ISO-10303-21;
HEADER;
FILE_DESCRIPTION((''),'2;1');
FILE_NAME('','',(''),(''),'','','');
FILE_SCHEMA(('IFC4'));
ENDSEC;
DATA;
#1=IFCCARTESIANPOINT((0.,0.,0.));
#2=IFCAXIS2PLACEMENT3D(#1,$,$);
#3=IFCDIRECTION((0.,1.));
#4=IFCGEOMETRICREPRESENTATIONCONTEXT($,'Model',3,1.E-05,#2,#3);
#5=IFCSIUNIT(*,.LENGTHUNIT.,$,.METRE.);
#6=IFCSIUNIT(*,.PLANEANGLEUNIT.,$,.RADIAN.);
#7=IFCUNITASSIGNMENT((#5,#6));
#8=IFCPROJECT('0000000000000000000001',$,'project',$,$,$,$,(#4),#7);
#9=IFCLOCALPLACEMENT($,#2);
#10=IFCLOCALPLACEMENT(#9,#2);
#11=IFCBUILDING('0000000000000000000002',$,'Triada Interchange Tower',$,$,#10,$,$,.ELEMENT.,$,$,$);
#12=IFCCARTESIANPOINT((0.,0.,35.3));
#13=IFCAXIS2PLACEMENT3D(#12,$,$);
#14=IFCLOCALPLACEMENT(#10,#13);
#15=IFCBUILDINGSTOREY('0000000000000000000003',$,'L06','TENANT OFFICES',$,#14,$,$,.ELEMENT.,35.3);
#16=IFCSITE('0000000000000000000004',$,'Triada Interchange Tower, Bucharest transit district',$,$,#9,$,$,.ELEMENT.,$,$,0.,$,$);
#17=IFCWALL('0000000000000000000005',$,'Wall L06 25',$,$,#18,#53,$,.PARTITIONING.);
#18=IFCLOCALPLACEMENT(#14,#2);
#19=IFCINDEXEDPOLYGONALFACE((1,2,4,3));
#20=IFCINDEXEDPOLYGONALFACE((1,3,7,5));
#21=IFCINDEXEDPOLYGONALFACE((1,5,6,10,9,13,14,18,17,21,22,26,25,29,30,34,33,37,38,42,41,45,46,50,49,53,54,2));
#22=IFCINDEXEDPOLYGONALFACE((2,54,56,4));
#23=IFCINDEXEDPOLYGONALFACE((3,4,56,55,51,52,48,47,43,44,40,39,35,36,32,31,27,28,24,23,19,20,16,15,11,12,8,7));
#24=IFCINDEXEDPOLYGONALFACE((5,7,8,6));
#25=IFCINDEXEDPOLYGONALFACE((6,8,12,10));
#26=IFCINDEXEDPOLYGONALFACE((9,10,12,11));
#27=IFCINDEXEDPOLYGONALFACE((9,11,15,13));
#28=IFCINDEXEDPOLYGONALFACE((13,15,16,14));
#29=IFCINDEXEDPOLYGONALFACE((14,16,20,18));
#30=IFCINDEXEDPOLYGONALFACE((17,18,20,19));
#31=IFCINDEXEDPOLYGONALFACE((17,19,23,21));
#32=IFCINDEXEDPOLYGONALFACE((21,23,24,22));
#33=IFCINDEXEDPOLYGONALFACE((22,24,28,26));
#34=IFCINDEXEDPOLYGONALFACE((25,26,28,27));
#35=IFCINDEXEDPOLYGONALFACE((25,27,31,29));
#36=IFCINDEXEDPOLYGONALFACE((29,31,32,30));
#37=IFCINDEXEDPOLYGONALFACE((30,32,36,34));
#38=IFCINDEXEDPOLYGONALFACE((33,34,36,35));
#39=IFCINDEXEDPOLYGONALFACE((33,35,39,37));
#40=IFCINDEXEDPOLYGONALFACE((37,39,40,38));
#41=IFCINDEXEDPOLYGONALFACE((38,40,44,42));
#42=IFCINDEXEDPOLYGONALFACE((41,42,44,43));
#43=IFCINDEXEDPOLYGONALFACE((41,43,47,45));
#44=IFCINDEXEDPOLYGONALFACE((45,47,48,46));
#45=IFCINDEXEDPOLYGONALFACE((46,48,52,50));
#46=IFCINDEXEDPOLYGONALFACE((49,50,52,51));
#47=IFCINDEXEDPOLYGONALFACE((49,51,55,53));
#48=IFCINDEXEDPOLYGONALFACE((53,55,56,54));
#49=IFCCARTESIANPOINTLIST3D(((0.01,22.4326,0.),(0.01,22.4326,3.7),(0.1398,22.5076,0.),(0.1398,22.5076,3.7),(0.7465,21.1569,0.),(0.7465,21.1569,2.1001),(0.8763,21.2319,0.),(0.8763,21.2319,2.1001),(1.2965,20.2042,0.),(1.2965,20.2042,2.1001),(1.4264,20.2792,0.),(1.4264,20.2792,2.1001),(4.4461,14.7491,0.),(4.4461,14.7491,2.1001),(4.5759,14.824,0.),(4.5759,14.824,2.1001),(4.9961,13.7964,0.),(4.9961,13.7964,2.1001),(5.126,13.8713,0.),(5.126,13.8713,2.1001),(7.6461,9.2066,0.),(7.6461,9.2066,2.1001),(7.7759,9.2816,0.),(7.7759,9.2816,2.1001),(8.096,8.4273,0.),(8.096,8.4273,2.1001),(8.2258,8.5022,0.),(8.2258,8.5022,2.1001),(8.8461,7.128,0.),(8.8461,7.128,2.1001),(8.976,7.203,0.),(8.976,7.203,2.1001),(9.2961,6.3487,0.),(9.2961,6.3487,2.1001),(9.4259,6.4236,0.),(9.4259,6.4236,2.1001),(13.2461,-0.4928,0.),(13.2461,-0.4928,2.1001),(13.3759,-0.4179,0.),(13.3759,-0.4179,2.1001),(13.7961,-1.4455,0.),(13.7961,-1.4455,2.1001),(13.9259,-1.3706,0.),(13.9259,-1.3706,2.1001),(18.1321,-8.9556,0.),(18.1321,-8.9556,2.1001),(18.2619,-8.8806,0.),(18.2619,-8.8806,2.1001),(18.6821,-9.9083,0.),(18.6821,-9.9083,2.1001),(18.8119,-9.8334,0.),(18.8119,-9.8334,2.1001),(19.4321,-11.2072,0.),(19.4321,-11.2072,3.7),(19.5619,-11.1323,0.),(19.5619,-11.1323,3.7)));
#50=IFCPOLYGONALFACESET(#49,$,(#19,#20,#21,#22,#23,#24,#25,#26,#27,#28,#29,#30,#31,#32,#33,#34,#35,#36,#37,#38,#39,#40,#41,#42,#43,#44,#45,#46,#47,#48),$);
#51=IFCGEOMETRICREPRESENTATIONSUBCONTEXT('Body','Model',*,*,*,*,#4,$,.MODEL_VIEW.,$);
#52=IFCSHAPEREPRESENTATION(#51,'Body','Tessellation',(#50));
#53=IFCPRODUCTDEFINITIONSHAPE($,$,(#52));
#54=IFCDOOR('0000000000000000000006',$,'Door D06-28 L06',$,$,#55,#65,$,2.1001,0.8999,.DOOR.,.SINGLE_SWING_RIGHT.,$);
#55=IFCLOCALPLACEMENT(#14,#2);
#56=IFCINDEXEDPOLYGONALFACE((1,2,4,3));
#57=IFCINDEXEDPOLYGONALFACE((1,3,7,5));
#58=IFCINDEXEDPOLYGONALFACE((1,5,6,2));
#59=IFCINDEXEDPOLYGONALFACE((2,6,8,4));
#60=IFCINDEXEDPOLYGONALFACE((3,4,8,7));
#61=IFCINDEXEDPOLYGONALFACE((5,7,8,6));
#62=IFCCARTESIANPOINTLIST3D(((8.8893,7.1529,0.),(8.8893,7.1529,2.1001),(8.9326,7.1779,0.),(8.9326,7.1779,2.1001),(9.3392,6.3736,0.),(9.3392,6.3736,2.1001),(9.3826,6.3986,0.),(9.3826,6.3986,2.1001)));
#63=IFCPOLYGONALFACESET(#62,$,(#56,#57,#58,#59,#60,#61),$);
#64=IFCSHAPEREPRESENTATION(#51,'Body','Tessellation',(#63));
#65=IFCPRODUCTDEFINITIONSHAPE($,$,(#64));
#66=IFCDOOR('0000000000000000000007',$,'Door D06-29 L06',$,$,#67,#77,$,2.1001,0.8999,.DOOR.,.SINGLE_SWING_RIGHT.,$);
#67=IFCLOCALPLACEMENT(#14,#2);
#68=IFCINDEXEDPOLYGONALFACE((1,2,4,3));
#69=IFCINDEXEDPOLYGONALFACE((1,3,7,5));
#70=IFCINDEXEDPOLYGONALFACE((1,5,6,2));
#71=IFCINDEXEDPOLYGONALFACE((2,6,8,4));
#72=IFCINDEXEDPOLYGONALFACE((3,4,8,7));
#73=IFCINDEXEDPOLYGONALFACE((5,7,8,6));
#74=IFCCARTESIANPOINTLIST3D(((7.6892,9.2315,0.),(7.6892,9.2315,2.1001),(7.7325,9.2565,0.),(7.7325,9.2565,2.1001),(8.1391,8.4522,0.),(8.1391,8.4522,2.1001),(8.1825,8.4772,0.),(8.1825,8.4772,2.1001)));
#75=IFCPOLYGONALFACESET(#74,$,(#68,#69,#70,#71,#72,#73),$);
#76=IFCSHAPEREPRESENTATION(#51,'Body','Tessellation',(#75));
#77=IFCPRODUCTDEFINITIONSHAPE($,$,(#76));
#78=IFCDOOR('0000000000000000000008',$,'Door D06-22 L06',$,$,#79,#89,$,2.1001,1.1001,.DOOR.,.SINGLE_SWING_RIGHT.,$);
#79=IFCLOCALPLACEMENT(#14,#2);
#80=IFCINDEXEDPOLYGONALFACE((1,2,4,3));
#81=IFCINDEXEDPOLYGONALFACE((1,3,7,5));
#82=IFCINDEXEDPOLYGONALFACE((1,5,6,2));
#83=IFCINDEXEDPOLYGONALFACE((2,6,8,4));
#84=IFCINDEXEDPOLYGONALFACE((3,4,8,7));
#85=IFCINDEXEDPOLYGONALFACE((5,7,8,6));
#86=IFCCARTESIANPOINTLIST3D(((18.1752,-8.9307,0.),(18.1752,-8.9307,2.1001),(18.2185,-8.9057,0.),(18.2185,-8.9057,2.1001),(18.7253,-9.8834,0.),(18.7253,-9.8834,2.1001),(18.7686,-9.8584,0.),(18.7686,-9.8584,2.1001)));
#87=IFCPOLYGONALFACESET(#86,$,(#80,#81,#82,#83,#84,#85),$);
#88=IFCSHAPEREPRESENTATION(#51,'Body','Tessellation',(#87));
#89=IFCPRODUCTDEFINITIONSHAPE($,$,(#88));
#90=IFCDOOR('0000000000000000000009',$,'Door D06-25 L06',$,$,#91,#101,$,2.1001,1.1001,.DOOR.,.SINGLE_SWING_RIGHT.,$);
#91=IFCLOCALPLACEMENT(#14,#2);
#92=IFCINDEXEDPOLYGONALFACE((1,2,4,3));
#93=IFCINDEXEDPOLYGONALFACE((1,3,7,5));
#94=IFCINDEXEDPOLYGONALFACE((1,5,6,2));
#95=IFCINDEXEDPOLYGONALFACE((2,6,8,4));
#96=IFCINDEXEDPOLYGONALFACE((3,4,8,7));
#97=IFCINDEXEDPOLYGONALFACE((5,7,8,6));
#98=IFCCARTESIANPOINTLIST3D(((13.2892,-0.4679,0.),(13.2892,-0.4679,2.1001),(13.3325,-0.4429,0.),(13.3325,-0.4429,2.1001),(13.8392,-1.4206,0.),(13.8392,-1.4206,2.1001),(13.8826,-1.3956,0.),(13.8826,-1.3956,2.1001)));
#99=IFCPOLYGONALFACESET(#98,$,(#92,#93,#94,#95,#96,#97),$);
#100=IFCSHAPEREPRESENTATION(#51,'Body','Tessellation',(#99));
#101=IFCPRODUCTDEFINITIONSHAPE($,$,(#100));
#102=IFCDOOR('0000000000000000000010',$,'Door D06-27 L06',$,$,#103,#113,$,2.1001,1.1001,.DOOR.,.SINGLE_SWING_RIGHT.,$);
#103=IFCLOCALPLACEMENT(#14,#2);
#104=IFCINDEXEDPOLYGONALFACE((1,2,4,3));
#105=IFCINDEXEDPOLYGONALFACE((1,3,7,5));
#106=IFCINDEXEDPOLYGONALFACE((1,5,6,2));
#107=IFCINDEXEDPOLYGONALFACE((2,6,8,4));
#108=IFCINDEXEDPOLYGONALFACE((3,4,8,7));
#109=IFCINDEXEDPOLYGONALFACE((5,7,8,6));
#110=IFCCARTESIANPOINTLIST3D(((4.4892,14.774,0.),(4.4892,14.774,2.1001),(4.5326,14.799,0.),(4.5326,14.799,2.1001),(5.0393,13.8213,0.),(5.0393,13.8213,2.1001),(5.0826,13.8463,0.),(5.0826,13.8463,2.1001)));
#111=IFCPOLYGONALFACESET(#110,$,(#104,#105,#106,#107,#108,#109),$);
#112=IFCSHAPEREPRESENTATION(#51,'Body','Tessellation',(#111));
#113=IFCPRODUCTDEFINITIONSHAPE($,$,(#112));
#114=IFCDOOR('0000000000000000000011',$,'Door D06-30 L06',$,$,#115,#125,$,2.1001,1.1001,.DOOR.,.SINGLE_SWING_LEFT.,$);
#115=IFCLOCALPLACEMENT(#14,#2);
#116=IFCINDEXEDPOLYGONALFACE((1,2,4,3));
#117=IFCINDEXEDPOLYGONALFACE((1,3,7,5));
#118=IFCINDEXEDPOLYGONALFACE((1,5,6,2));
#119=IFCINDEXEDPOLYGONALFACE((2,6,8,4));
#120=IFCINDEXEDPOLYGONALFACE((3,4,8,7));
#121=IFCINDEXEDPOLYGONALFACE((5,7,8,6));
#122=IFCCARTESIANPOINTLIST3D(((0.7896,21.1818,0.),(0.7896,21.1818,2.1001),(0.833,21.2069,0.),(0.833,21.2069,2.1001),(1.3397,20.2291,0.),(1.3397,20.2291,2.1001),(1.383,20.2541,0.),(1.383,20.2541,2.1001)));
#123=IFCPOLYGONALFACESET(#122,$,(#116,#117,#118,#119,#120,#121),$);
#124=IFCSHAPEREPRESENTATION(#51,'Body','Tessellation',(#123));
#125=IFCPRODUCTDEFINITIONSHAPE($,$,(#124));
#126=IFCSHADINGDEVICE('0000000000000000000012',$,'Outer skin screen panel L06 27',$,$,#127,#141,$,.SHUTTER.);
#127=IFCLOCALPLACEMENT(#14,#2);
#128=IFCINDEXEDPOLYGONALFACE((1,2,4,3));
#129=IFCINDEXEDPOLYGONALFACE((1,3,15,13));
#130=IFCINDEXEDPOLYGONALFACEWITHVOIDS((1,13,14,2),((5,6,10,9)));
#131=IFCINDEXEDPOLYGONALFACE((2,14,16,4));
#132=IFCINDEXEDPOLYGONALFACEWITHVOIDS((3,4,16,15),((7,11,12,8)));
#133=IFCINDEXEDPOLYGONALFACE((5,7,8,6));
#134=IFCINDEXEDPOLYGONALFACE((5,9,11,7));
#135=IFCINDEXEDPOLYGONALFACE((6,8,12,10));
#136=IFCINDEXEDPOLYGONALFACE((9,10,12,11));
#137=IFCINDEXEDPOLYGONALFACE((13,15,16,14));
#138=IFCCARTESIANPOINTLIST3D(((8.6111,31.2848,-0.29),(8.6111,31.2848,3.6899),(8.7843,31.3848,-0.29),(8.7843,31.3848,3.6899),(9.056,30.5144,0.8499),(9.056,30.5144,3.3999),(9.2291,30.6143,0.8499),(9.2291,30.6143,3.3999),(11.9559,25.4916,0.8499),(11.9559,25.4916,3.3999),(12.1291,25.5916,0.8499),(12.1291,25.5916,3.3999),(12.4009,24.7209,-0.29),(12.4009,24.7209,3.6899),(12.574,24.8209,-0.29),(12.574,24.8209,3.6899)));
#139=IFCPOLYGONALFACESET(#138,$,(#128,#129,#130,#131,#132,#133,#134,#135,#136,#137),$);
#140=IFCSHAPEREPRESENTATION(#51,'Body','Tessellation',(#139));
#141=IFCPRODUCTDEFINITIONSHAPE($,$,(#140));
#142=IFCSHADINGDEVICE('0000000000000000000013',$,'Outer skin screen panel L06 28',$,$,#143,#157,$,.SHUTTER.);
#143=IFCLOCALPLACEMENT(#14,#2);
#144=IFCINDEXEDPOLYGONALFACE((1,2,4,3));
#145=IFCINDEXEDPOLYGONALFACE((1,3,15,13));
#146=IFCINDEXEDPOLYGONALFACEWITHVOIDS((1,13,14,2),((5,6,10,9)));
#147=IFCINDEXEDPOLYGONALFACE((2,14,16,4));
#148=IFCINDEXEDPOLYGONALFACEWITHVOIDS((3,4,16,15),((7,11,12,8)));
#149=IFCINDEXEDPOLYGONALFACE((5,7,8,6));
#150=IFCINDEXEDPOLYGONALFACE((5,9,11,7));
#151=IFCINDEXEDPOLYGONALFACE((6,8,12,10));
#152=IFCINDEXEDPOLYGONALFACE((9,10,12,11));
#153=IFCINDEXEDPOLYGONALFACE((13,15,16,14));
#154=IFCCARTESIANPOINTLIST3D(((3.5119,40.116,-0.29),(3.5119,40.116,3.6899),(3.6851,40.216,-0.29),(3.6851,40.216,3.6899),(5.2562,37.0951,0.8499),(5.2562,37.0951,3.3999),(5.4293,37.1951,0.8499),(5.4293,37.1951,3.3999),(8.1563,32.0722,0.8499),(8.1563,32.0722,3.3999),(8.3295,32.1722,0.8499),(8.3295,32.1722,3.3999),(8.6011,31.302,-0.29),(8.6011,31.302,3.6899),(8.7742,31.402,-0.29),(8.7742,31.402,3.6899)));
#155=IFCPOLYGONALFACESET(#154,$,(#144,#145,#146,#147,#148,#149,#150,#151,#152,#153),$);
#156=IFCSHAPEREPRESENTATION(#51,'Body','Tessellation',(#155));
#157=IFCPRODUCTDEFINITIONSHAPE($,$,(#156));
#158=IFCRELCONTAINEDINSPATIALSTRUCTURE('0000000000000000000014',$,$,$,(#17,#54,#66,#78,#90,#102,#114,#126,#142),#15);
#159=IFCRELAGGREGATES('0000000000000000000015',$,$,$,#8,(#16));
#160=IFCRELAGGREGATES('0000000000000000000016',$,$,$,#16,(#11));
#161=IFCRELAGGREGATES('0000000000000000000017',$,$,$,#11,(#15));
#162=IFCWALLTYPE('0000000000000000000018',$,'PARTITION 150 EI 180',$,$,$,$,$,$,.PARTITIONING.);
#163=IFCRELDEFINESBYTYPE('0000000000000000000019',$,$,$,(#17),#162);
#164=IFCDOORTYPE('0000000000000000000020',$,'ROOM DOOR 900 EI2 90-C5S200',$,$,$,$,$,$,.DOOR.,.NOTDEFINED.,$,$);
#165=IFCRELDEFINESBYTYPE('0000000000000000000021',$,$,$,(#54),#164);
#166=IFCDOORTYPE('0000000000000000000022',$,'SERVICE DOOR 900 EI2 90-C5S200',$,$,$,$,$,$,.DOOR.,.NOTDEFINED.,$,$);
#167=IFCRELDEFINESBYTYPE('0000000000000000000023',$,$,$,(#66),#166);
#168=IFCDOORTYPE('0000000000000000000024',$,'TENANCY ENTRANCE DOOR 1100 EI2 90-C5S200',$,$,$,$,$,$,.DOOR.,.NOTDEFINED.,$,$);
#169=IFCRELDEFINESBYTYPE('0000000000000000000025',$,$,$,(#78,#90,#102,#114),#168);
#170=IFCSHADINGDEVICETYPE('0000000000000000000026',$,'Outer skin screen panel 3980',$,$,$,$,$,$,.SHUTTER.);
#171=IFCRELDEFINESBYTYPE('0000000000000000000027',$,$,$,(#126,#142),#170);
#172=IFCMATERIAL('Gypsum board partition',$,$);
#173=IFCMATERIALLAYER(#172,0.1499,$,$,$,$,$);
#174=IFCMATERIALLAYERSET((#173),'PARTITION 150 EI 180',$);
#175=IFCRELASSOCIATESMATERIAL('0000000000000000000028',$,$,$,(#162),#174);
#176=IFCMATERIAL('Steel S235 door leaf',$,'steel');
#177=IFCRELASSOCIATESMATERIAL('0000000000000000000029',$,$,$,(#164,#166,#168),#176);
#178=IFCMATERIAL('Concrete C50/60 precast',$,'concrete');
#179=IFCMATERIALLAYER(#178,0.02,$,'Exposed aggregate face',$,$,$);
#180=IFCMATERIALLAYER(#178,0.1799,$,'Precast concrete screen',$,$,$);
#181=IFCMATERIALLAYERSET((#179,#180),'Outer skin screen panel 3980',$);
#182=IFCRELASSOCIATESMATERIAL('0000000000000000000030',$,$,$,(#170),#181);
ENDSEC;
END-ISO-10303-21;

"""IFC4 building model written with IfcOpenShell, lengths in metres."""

from ifc_helpers import new_model, si_unit, direction, frame, frame_2d, origin, place, context, subcontext, project, spatial, polyline, rectangle, outline, extrude, material, layer, layer_set, type_object, element, fill, save


model = new_model("IFC4")

# Units and contexts
model_context = context("Model", 3, precision=1e-05, world=origin(), true_north=direction((0.0, 1.0)))
body_context = subcontext(model_context, "Body", "Model", "MODEL_VIEW")
ifc_project = project(units=[si_unit("LENGTHUNIT", "METRE"), si_unit("PLANEANGLEUNIT", "RADIAN")], contexts=[model_context])

# Site, building, storey
site_placement = place(None, origin())
site = spatial("IfcSite", under=ifc_project, at=site_placement, Name="Triada Interchange Tower, Bucharest transit district", CompositionType="ELEMENT", RefElevation=0.0)
building_placement = place(site_placement, origin())
building = spatial("IfcBuilding", under=site, at=building_placement, Name="Triada Interchange Tower", CompositionType="ELEMENT")
storey_placement = place(building_placement, frame((0.0, 0.0, 35.3)))
storey = spatial("IfcBuildingStorey", under=building, at=storey_placement, Name="L06", Description="TENANT OFFICES", CompositionType="ELEMENT", Elevation=35.3)

# Shared definitions
ifc_material_1 = material(Name="Gypsum board partition")
ifc_layer_1 = layer(ifc_material_1, 0.1499)
ifc_layer_set_1 = layer_set([ifc_layer_1], Name="PARTITION 150 EI 180")
wall_type_1 = type_object("IfcWallType", Name="PARTITION 150 EI 180", PredefinedType="PARTITIONING", material=ifc_layer_set_1)

# Wall, openings, doors
wall_1_placement = place(storey_placement, frame((0.075, 22.47, 0.0), z_axis=(0.0, 0.0, 1.0), x_axis=(0.500002, -0.866024, 0.0)))
wall_1 = element("IfcWall", 1, at=wall_1_placement, inside=storey, type_object=wall_type_1, Name="Wall L06 25", PredefinedType="PARTITIONING", context=body_context, shape_type="SweptSolid", body=[
    extrude(rectangle(XDim=38.844, YDim=0.1499, at=frame_2d((19.4219, 0.0))), origin(), (0.0, 0.0, 1.0), 3.7),
])
opening_1_placement = place(wall_1_placement, frame((36.2439, 0.0, 0.0)))
opening_1 = element("IfcOpeningElement", 2, at=opening_1_placement, cuts=wall_1, PredefinedType="OPENING", context=body_context, shape_type="SweptSolid", body=[
    extrude(rectangle(XDim=1.1001, YDim=2.1001, at=frame_2d((0.55, 1.05))), frame((0.0, 0.085, 0.0), z_axis=(0.0, -1.0, 0.0), x_axis=(1.0, 0.0, 0.0)), (0.0, 0.0, 1.0), 0.1699),
])
opening_2_placement = place(wall_1_placement, frame((26.4719, 0.0, 0.0)))
opening_2 = element("IfcOpeningElement", 3, at=opening_2_placement, cuts=wall_1, PredefinedType="OPENING", context=body_context, shape_type="SweptSolid", body=[
    extrude(rectangle(XDim=1.1001, YDim=2.1001, at=frame_2d((0.55, 1.05))), frame((0.0, 0.085, 0.0), z_axis=(0.0, -1.0, 0.0), x_axis=(1.0, 0.0, 0.0)), (0.0, 0.0, 1.0), 0.1699),
])
opening_3_placement = place(wall_1_placement, frame((8.8721, 0.0, 0.0)))
opening_3 = element("IfcOpeningElement", 4, at=opening_3_placement, cuts=wall_1, PredefinedType="OPENING", context=body_context, shape_type="SweptSolid", body=[
    extrude(rectangle(XDim=1.1001, YDim=2.1001, at=frame_2d((0.55, 1.05))), frame((0.0, 0.085, 0.0), z_axis=(0.0, -1.0, 0.0), x_axis=(1.0, 0.0, 0.0)), (0.0, 0.0, 1.0), 0.1699),
])
opening_4_placement = place(wall_1_placement, frame((17.6721, 0.0, 0.0)))
opening_4 = element("IfcOpeningElement", 5, at=opening_4_placement, cuts=wall_1, PredefinedType="OPENING", context=body_context, shape_type="SweptSolid", body=[
    extrude(rectangle(XDim=0.8999, YDim=2.1001, at=frame_2d((0.45, 1.05))), frame((0.0, 0.085, 0.0), z_axis=(0.0, -1.0, 0.0), x_axis=(1.0, 0.0, 0.0)), (0.0, 0.0, 1.0), 0.1699),
])
opening_5_placement = place(wall_1_placement, frame((15.272, 0.0, 0.0)))
opening_5 = element("IfcOpeningElement", 6, at=opening_5_placement, cuts=wall_1, PredefinedType="OPENING", context=body_context, shape_type="SweptSolid", body=[
    extrude(rectangle(XDim=0.8999, YDim=2.1001, at=frame_2d((0.45, 1.05))), frame((0.0, 0.085, 0.0), z_axis=(0.0, -1.0, 0.0), x_axis=(1.0, 0.0, 0.0)), (0.0, 0.0, 1.0), 0.1699),
])
opening_6_placement = place(wall_1_placement, frame((1.4729, 0.0, 0.0)))
opening_6 = element("IfcOpeningElement", 7, at=opening_6_placement, cuts=wall_1, PredefinedType="OPENING", context=body_context, shape_type="SweptSolid", body=[
    extrude(rectangle(XDim=1.1001, YDim=2.1001, at=frame_2d((0.55, 1.05))), frame((0.0, 0.085, 0.0), z_axis=(0.0, -1.0, 0.0), x_axis=(1.0, 0.0, 0.0)), (0.0, 0.0, 1.0), 0.1699),
])
ifc_material_2 = material(Name="Steel S235 door leaf", Category="steel")
door_type_1 = type_object("IfcDoorType", Name="ROOM DOOR 900 EI2 90-C5S200", OperationType="NOTDEFINED", PredefinedType="DOOR", material=ifc_material_2)
door_1_placement = place(opening_4_placement, origin())
door_1 = element("IfcDoor", 8, at=door_1_placement, inside=storey, type_object=door_type_1, Name="Door D06-28 L06", OperationType="SINGLE_SWING_RIGHT", OverallHeight=2.1001, OverallWidth=0.8999, PredefinedType="DOOR", context=body_context, shape_type="SweptSolid", body=[
    extrude(rectangle(XDim=0.8999, YDim=2.1001, at=frame_2d((0.45, 1.05))), frame((0.0, 0.0249, 0.0), z_axis=(0.0, -1.0, 0.0), x_axis=(1.0, 0.0, 0.0)), (0.0, 0.0, 1.0), 0.05),
])
fill(opening_4, door_1)
door_type_2 = type_object("IfcDoorType", Name="SERVICE DOOR 900 EI2 90-C5S200", OperationType="NOTDEFINED", PredefinedType="DOOR", material=ifc_material_2)
door_2_placement = place(opening_5_placement, origin())
door_2 = element("IfcDoor", 9, at=door_2_placement, inside=storey, type_object=door_type_2, Name="Door D06-29 L06", OperationType="SINGLE_SWING_RIGHT", OverallHeight=2.1001, OverallWidth=0.8999, PredefinedType="DOOR", context=body_context, shape_type="SweptSolid", body=[
    extrude(rectangle(XDim=0.8999, YDim=2.1001, at=frame_2d((0.45, 1.05))), frame((0.0, 0.0249, 0.0), z_axis=(0.0, -1.0, 0.0), x_axis=(1.0, 0.0, 0.0)), (0.0, 0.0, 1.0), 0.05),
])
fill(opening_5, door_2)
door_type_3 = type_object("IfcDoorType", Name="TENANCY ENTRANCE DOOR 1100 EI2 90-C5S200", OperationType="NOTDEFINED", PredefinedType="DOOR", material=ifc_material_2)
door_3_placement = place(opening_1_placement, origin())
door_3 = element("IfcDoor", 10, at=door_3_placement, inside=storey, type_object=door_type_3, Name="Door D06-22 L06", OperationType="SINGLE_SWING_RIGHT", OverallHeight=2.1001, OverallWidth=1.1001, PredefinedType="DOOR", context=body_context, shape_type="SweptSolid", body=[
    extrude(rectangle(XDim=1.1001, YDim=2.1001, at=frame_2d((0.55, 1.05))), frame((0.0, 0.0249, 0.0), z_axis=(0.0, -1.0, 0.0), x_axis=(1.0, 0.0, 0.0)), (0.0, 0.0, 1.0), 0.05),
])
fill(opening_1, door_3)
door_4_placement = place(opening_2_placement, origin())
door_4 = element("IfcDoor", 11, at=door_4_placement, inside=storey, type_object=door_type_3, Name="Door D06-25 L06", OperationType="SINGLE_SWING_RIGHT", OverallHeight=2.1001, OverallWidth=1.1001, PredefinedType="DOOR", context=body_context, shape_type="SweptSolid", body=[
    extrude(rectangle(XDim=1.1001, YDim=2.1001, at=frame_2d((0.55, 1.05))), frame((0.0, 0.0249, 0.0), z_axis=(0.0, -1.0, 0.0), x_axis=(1.0, 0.0, 0.0)), (0.0, 0.0, 1.0), 0.05),
])
fill(opening_2, door_4)
door_5_placement = place(opening_3_placement, origin())
door_5 = element("IfcDoor", 12, at=door_5_placement, inside=storey, type_object=door_type_3, Name="Door D06-27 L06", OperationType="SINGLE_SWING_RIGHT", OverallHeight=2.1001, OverallWidth=1.1001, PredefinedType="DOOR", context=body_context, shape_type="SweptSolid", body=[
    extrude(rectangle(XDim=1.1001, YDim=2.1001, at=frame_2d((0.55, 1.05))), frame((0.0, 0.0249, 0.0), z_axis=(0.0, -1.0, 0.0), x_axis=(1.0, 0.0, 0.0)), (0.0, 0.0, 1.0), 0.05),
])
fill(opening_3, door_5)
door_6_placement = place(opening_6_placement, origin())
door_6 = element("IfcDoor", 13, at=door_6_placement, inside=storey, type_object=door_type_3, Name="Door D06-30 L06", OperationType="SINGLE_SWING_LEFT", OverallHeight=2.1001, OverallWidth=1.1001, PredefinedType="DOOR", context=body_context, shape_type="SweptSolid", body=[
    extrude(rectangle(XDim=1.1001, YDim=2.1001, at=frame_2d((0.55, 1.05))), frame((0.0, 0.0249, 0.0), z_axis=(0.0, -1.0, 0.0), x_axis=(1.0, 0.0, 0.0)), (0.0, 0.0, 1.0), 0.05),
])
fill(opening_6, door_6)

# Shading devices
ifc_material_3 = material(Name="Concrete C50/60 precast", Category="concrete")
ifc_layer_2 = layer(ifc_material_3, 0.02, Name="Exposed aggregate face")
ifc_layer_3 = layer(ifc_material_3, 0.1799, Name="Precast concrete screen")
ifc_layer_set_2 = layer_set([ifc_layer_2, ifc_layer_3], Name="Outer skin screen panel 3980")
shading_device_type = type_object("IfcShadingDeviceType", Name="Outer skin screen panel 3980", PredefinedType="SHUTTER", material=ifc_layer_set_2)
shading_device_1_placement = place(storey_placement, frame((12.4009, 24.7209, -0.29), z_axis=(0.0, 0.0, 1.0), x_axis=(-0.500009, 0.86602, 0.0)))
element("IfcShadingDevice", 14, at=shading_device_1_placement, inside=storey, type_object=shading_device_type, Name="Outer skin screen panel L06 27", PredefinedType="SHUTTER", context=body_context, shape_type="SweptSolid", body=[
    extrude(outline(polyline([(0.0, 0.0), (7.5793, 0.0), (7.5793, 3.98), (0.0, 3.98), (0.0, 0.0)]), holes=[polyline([(0.8899, 1.1399), (0.8899, 3.6899), (6.6897, 3.6899), (6.6897, 1.1399), (0.8899, 1.1399)])]), frame((0.0, 0.0, 0.0), z_axis=(0.0, -1.0, 0.0), x_axis=(1.0, 0.0, 0.0)), (0.0, 0.0, 1.0), 0.2),
])
shading_device_2_placement = place(storey_placement, frame((8.6011, 31.302, -0.29), z_axis=(0.0, 0.0, 1.0), x_axis=(-0.500027, 0.86601, 0.0)))
element("IfcShadingDevice", 15, at=shading_device_2_placement, inside=storey, type_object=shading_device_type, Name="Outer skin screen panel L06 28", PredefinedType="SHUTTER", context=body_context, shape_type="SweptSolid", body=[
    extrude(outline(polyline([(0.0, 0.0), (10.1777, 0.0), (10.1777, 3.98), (0.0, 3.98), (0.0, 0.0)]), holes=[polyline([(0.8894, 1.1399), (0.8894, 3.6899), (6.6895, 3.6899), (6.6895, 1.1399), (0.8894, 1.1399)])]), frame((0.0, 0.0, 0.0), z_axis=(0.0, -1.0, 0.0), x_axis=(1.0, 0.0, 0.0)), (0.0, 0.0, 1.0), 0.2),
])

save(model, "model.ifc")
